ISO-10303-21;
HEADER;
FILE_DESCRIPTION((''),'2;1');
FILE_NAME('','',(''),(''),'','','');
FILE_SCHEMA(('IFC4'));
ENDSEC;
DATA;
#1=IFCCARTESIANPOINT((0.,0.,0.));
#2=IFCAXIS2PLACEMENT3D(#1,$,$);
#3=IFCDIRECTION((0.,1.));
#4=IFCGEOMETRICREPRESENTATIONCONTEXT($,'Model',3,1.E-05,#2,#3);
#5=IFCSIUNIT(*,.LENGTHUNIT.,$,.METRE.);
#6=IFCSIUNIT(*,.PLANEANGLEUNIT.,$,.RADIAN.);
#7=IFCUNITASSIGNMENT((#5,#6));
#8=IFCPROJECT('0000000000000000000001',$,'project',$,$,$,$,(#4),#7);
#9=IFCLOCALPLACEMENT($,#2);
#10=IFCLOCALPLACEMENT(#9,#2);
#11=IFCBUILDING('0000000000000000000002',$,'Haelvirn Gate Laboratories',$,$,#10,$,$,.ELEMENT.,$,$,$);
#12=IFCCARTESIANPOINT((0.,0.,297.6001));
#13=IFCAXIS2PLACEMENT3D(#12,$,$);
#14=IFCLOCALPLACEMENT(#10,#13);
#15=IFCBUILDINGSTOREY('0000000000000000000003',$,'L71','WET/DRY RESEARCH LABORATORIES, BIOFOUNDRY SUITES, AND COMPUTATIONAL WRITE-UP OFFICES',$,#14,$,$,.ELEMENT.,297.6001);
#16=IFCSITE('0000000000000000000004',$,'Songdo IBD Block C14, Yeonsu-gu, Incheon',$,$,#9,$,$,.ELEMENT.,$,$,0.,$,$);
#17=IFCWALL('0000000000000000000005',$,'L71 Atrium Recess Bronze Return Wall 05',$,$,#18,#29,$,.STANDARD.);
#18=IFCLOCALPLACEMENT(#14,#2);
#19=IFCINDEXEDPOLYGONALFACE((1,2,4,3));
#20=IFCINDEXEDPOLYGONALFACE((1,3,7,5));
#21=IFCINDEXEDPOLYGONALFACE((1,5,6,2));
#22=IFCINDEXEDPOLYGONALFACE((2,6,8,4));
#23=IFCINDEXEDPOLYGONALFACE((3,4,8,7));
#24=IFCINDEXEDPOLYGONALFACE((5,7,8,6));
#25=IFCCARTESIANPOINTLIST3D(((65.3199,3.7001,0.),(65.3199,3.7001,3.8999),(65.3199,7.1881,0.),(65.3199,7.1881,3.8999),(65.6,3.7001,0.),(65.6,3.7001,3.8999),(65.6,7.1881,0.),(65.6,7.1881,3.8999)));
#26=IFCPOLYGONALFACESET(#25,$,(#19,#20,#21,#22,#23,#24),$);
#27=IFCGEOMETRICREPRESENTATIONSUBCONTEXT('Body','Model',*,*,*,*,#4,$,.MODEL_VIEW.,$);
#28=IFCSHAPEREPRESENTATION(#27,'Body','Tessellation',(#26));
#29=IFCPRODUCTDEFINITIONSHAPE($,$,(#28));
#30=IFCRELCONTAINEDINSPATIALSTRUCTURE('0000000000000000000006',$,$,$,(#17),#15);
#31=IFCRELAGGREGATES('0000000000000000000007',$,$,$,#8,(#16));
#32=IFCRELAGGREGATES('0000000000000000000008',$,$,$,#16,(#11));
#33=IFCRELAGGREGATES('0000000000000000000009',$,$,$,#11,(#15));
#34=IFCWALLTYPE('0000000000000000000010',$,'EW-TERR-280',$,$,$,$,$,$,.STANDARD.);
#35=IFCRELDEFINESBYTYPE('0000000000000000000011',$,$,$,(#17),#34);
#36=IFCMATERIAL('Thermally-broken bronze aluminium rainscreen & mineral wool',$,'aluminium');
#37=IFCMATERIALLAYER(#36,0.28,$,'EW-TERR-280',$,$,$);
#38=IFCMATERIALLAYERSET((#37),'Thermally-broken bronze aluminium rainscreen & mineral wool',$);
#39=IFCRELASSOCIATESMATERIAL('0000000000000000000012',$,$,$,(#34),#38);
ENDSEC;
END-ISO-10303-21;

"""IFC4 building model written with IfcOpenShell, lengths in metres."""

from ifc_helpers import new_model, si_unit, direction, frame, frame_2d, origin, place, context, subcontext, project, spatial, rectangle, extrude, material, layer, layer_set, type_object, element, save


model = new_model("IFC4")

# Units and contexts
model_context = context("Model", 3, precision=1e-05, world=origin(), true_north=direction((0.0, 1.0)))
body_context = subcontext(model_context, "Body", "Model", "MODEL_VIEW")
ifc_project = project(units=[si_unit("LENGTHUNIT", "METRE"), si_unit("PLANEANGLEUNIT", "RADIAN")], contexts=[model_context])

# Site, building, storey
site_placement = place(None, origin())
site = spatial("IfcSite", under=ifc_project, at=site_placement, Name="Songdo IBD Block C14, Yeonsu-gu, Incheon", CompositionType="ELEMENT", RefElevation=0.0)
building_placement = place(site_placement, origin())
building = spatial("IfcBuilding", under=site, at=building_placement, Name="Haelvirn Gate Laboratories", CompositionType="ELEMENT")
storey_placement = place(building_placement, frame((0.0, 0.0, 297.6001)))
storey = spatial("IfcBuildingStorey", under=building, at=storey_placement, Name="L71", Description="WET/DRY RESEARCH LABORATORIES, BIOFOUNDRY SUITES, AND COMPUTATIONAL WRITE-UP OFFICES", CompositionType="ELEMENT", Elevation=297.6001)

# Wall
ifc_material_1 = material(Name="Thermally-broken bronze aluminium rainscreen & mineral wool", Category="aluminium")
ifc_layer_1 = layer(ifc_material_1, 0.28, Name="EW-TERR-280")
ifc_layer_set_1 = layer_set([ifc_layer_1], Name="Thermally-broken bronze aluminium rainscreen & mineral wool")
wall_type = type_object("IfcWallType", Name="EW-TERR-280", PredefinedType="STANDARD", material=ifc_layer_set_1)
wall_placement = place(storey_placement, frame((65.46, 3.7, 0.0), z_axis=(0.0, 0.0, 1.0), x_axis=(0.0, 1.0, 0.0)))
element("IfcWall", 1, at=wall_placement, inside=storey, type_object=wall_type, Name="L71 Atrium Recess Bronze Return Wall 05", PredefinedType="STANDARD", context=body_context, shape_type="SweptSolid", body=[
    extrude(rectangle(XDim=3.488, YDim=0.28, at=frame_2d((1.7441, 0.0))), origin(), (0.0, 0.0, 1.0), 3.8999),
])

save(model, "model.ifc")
